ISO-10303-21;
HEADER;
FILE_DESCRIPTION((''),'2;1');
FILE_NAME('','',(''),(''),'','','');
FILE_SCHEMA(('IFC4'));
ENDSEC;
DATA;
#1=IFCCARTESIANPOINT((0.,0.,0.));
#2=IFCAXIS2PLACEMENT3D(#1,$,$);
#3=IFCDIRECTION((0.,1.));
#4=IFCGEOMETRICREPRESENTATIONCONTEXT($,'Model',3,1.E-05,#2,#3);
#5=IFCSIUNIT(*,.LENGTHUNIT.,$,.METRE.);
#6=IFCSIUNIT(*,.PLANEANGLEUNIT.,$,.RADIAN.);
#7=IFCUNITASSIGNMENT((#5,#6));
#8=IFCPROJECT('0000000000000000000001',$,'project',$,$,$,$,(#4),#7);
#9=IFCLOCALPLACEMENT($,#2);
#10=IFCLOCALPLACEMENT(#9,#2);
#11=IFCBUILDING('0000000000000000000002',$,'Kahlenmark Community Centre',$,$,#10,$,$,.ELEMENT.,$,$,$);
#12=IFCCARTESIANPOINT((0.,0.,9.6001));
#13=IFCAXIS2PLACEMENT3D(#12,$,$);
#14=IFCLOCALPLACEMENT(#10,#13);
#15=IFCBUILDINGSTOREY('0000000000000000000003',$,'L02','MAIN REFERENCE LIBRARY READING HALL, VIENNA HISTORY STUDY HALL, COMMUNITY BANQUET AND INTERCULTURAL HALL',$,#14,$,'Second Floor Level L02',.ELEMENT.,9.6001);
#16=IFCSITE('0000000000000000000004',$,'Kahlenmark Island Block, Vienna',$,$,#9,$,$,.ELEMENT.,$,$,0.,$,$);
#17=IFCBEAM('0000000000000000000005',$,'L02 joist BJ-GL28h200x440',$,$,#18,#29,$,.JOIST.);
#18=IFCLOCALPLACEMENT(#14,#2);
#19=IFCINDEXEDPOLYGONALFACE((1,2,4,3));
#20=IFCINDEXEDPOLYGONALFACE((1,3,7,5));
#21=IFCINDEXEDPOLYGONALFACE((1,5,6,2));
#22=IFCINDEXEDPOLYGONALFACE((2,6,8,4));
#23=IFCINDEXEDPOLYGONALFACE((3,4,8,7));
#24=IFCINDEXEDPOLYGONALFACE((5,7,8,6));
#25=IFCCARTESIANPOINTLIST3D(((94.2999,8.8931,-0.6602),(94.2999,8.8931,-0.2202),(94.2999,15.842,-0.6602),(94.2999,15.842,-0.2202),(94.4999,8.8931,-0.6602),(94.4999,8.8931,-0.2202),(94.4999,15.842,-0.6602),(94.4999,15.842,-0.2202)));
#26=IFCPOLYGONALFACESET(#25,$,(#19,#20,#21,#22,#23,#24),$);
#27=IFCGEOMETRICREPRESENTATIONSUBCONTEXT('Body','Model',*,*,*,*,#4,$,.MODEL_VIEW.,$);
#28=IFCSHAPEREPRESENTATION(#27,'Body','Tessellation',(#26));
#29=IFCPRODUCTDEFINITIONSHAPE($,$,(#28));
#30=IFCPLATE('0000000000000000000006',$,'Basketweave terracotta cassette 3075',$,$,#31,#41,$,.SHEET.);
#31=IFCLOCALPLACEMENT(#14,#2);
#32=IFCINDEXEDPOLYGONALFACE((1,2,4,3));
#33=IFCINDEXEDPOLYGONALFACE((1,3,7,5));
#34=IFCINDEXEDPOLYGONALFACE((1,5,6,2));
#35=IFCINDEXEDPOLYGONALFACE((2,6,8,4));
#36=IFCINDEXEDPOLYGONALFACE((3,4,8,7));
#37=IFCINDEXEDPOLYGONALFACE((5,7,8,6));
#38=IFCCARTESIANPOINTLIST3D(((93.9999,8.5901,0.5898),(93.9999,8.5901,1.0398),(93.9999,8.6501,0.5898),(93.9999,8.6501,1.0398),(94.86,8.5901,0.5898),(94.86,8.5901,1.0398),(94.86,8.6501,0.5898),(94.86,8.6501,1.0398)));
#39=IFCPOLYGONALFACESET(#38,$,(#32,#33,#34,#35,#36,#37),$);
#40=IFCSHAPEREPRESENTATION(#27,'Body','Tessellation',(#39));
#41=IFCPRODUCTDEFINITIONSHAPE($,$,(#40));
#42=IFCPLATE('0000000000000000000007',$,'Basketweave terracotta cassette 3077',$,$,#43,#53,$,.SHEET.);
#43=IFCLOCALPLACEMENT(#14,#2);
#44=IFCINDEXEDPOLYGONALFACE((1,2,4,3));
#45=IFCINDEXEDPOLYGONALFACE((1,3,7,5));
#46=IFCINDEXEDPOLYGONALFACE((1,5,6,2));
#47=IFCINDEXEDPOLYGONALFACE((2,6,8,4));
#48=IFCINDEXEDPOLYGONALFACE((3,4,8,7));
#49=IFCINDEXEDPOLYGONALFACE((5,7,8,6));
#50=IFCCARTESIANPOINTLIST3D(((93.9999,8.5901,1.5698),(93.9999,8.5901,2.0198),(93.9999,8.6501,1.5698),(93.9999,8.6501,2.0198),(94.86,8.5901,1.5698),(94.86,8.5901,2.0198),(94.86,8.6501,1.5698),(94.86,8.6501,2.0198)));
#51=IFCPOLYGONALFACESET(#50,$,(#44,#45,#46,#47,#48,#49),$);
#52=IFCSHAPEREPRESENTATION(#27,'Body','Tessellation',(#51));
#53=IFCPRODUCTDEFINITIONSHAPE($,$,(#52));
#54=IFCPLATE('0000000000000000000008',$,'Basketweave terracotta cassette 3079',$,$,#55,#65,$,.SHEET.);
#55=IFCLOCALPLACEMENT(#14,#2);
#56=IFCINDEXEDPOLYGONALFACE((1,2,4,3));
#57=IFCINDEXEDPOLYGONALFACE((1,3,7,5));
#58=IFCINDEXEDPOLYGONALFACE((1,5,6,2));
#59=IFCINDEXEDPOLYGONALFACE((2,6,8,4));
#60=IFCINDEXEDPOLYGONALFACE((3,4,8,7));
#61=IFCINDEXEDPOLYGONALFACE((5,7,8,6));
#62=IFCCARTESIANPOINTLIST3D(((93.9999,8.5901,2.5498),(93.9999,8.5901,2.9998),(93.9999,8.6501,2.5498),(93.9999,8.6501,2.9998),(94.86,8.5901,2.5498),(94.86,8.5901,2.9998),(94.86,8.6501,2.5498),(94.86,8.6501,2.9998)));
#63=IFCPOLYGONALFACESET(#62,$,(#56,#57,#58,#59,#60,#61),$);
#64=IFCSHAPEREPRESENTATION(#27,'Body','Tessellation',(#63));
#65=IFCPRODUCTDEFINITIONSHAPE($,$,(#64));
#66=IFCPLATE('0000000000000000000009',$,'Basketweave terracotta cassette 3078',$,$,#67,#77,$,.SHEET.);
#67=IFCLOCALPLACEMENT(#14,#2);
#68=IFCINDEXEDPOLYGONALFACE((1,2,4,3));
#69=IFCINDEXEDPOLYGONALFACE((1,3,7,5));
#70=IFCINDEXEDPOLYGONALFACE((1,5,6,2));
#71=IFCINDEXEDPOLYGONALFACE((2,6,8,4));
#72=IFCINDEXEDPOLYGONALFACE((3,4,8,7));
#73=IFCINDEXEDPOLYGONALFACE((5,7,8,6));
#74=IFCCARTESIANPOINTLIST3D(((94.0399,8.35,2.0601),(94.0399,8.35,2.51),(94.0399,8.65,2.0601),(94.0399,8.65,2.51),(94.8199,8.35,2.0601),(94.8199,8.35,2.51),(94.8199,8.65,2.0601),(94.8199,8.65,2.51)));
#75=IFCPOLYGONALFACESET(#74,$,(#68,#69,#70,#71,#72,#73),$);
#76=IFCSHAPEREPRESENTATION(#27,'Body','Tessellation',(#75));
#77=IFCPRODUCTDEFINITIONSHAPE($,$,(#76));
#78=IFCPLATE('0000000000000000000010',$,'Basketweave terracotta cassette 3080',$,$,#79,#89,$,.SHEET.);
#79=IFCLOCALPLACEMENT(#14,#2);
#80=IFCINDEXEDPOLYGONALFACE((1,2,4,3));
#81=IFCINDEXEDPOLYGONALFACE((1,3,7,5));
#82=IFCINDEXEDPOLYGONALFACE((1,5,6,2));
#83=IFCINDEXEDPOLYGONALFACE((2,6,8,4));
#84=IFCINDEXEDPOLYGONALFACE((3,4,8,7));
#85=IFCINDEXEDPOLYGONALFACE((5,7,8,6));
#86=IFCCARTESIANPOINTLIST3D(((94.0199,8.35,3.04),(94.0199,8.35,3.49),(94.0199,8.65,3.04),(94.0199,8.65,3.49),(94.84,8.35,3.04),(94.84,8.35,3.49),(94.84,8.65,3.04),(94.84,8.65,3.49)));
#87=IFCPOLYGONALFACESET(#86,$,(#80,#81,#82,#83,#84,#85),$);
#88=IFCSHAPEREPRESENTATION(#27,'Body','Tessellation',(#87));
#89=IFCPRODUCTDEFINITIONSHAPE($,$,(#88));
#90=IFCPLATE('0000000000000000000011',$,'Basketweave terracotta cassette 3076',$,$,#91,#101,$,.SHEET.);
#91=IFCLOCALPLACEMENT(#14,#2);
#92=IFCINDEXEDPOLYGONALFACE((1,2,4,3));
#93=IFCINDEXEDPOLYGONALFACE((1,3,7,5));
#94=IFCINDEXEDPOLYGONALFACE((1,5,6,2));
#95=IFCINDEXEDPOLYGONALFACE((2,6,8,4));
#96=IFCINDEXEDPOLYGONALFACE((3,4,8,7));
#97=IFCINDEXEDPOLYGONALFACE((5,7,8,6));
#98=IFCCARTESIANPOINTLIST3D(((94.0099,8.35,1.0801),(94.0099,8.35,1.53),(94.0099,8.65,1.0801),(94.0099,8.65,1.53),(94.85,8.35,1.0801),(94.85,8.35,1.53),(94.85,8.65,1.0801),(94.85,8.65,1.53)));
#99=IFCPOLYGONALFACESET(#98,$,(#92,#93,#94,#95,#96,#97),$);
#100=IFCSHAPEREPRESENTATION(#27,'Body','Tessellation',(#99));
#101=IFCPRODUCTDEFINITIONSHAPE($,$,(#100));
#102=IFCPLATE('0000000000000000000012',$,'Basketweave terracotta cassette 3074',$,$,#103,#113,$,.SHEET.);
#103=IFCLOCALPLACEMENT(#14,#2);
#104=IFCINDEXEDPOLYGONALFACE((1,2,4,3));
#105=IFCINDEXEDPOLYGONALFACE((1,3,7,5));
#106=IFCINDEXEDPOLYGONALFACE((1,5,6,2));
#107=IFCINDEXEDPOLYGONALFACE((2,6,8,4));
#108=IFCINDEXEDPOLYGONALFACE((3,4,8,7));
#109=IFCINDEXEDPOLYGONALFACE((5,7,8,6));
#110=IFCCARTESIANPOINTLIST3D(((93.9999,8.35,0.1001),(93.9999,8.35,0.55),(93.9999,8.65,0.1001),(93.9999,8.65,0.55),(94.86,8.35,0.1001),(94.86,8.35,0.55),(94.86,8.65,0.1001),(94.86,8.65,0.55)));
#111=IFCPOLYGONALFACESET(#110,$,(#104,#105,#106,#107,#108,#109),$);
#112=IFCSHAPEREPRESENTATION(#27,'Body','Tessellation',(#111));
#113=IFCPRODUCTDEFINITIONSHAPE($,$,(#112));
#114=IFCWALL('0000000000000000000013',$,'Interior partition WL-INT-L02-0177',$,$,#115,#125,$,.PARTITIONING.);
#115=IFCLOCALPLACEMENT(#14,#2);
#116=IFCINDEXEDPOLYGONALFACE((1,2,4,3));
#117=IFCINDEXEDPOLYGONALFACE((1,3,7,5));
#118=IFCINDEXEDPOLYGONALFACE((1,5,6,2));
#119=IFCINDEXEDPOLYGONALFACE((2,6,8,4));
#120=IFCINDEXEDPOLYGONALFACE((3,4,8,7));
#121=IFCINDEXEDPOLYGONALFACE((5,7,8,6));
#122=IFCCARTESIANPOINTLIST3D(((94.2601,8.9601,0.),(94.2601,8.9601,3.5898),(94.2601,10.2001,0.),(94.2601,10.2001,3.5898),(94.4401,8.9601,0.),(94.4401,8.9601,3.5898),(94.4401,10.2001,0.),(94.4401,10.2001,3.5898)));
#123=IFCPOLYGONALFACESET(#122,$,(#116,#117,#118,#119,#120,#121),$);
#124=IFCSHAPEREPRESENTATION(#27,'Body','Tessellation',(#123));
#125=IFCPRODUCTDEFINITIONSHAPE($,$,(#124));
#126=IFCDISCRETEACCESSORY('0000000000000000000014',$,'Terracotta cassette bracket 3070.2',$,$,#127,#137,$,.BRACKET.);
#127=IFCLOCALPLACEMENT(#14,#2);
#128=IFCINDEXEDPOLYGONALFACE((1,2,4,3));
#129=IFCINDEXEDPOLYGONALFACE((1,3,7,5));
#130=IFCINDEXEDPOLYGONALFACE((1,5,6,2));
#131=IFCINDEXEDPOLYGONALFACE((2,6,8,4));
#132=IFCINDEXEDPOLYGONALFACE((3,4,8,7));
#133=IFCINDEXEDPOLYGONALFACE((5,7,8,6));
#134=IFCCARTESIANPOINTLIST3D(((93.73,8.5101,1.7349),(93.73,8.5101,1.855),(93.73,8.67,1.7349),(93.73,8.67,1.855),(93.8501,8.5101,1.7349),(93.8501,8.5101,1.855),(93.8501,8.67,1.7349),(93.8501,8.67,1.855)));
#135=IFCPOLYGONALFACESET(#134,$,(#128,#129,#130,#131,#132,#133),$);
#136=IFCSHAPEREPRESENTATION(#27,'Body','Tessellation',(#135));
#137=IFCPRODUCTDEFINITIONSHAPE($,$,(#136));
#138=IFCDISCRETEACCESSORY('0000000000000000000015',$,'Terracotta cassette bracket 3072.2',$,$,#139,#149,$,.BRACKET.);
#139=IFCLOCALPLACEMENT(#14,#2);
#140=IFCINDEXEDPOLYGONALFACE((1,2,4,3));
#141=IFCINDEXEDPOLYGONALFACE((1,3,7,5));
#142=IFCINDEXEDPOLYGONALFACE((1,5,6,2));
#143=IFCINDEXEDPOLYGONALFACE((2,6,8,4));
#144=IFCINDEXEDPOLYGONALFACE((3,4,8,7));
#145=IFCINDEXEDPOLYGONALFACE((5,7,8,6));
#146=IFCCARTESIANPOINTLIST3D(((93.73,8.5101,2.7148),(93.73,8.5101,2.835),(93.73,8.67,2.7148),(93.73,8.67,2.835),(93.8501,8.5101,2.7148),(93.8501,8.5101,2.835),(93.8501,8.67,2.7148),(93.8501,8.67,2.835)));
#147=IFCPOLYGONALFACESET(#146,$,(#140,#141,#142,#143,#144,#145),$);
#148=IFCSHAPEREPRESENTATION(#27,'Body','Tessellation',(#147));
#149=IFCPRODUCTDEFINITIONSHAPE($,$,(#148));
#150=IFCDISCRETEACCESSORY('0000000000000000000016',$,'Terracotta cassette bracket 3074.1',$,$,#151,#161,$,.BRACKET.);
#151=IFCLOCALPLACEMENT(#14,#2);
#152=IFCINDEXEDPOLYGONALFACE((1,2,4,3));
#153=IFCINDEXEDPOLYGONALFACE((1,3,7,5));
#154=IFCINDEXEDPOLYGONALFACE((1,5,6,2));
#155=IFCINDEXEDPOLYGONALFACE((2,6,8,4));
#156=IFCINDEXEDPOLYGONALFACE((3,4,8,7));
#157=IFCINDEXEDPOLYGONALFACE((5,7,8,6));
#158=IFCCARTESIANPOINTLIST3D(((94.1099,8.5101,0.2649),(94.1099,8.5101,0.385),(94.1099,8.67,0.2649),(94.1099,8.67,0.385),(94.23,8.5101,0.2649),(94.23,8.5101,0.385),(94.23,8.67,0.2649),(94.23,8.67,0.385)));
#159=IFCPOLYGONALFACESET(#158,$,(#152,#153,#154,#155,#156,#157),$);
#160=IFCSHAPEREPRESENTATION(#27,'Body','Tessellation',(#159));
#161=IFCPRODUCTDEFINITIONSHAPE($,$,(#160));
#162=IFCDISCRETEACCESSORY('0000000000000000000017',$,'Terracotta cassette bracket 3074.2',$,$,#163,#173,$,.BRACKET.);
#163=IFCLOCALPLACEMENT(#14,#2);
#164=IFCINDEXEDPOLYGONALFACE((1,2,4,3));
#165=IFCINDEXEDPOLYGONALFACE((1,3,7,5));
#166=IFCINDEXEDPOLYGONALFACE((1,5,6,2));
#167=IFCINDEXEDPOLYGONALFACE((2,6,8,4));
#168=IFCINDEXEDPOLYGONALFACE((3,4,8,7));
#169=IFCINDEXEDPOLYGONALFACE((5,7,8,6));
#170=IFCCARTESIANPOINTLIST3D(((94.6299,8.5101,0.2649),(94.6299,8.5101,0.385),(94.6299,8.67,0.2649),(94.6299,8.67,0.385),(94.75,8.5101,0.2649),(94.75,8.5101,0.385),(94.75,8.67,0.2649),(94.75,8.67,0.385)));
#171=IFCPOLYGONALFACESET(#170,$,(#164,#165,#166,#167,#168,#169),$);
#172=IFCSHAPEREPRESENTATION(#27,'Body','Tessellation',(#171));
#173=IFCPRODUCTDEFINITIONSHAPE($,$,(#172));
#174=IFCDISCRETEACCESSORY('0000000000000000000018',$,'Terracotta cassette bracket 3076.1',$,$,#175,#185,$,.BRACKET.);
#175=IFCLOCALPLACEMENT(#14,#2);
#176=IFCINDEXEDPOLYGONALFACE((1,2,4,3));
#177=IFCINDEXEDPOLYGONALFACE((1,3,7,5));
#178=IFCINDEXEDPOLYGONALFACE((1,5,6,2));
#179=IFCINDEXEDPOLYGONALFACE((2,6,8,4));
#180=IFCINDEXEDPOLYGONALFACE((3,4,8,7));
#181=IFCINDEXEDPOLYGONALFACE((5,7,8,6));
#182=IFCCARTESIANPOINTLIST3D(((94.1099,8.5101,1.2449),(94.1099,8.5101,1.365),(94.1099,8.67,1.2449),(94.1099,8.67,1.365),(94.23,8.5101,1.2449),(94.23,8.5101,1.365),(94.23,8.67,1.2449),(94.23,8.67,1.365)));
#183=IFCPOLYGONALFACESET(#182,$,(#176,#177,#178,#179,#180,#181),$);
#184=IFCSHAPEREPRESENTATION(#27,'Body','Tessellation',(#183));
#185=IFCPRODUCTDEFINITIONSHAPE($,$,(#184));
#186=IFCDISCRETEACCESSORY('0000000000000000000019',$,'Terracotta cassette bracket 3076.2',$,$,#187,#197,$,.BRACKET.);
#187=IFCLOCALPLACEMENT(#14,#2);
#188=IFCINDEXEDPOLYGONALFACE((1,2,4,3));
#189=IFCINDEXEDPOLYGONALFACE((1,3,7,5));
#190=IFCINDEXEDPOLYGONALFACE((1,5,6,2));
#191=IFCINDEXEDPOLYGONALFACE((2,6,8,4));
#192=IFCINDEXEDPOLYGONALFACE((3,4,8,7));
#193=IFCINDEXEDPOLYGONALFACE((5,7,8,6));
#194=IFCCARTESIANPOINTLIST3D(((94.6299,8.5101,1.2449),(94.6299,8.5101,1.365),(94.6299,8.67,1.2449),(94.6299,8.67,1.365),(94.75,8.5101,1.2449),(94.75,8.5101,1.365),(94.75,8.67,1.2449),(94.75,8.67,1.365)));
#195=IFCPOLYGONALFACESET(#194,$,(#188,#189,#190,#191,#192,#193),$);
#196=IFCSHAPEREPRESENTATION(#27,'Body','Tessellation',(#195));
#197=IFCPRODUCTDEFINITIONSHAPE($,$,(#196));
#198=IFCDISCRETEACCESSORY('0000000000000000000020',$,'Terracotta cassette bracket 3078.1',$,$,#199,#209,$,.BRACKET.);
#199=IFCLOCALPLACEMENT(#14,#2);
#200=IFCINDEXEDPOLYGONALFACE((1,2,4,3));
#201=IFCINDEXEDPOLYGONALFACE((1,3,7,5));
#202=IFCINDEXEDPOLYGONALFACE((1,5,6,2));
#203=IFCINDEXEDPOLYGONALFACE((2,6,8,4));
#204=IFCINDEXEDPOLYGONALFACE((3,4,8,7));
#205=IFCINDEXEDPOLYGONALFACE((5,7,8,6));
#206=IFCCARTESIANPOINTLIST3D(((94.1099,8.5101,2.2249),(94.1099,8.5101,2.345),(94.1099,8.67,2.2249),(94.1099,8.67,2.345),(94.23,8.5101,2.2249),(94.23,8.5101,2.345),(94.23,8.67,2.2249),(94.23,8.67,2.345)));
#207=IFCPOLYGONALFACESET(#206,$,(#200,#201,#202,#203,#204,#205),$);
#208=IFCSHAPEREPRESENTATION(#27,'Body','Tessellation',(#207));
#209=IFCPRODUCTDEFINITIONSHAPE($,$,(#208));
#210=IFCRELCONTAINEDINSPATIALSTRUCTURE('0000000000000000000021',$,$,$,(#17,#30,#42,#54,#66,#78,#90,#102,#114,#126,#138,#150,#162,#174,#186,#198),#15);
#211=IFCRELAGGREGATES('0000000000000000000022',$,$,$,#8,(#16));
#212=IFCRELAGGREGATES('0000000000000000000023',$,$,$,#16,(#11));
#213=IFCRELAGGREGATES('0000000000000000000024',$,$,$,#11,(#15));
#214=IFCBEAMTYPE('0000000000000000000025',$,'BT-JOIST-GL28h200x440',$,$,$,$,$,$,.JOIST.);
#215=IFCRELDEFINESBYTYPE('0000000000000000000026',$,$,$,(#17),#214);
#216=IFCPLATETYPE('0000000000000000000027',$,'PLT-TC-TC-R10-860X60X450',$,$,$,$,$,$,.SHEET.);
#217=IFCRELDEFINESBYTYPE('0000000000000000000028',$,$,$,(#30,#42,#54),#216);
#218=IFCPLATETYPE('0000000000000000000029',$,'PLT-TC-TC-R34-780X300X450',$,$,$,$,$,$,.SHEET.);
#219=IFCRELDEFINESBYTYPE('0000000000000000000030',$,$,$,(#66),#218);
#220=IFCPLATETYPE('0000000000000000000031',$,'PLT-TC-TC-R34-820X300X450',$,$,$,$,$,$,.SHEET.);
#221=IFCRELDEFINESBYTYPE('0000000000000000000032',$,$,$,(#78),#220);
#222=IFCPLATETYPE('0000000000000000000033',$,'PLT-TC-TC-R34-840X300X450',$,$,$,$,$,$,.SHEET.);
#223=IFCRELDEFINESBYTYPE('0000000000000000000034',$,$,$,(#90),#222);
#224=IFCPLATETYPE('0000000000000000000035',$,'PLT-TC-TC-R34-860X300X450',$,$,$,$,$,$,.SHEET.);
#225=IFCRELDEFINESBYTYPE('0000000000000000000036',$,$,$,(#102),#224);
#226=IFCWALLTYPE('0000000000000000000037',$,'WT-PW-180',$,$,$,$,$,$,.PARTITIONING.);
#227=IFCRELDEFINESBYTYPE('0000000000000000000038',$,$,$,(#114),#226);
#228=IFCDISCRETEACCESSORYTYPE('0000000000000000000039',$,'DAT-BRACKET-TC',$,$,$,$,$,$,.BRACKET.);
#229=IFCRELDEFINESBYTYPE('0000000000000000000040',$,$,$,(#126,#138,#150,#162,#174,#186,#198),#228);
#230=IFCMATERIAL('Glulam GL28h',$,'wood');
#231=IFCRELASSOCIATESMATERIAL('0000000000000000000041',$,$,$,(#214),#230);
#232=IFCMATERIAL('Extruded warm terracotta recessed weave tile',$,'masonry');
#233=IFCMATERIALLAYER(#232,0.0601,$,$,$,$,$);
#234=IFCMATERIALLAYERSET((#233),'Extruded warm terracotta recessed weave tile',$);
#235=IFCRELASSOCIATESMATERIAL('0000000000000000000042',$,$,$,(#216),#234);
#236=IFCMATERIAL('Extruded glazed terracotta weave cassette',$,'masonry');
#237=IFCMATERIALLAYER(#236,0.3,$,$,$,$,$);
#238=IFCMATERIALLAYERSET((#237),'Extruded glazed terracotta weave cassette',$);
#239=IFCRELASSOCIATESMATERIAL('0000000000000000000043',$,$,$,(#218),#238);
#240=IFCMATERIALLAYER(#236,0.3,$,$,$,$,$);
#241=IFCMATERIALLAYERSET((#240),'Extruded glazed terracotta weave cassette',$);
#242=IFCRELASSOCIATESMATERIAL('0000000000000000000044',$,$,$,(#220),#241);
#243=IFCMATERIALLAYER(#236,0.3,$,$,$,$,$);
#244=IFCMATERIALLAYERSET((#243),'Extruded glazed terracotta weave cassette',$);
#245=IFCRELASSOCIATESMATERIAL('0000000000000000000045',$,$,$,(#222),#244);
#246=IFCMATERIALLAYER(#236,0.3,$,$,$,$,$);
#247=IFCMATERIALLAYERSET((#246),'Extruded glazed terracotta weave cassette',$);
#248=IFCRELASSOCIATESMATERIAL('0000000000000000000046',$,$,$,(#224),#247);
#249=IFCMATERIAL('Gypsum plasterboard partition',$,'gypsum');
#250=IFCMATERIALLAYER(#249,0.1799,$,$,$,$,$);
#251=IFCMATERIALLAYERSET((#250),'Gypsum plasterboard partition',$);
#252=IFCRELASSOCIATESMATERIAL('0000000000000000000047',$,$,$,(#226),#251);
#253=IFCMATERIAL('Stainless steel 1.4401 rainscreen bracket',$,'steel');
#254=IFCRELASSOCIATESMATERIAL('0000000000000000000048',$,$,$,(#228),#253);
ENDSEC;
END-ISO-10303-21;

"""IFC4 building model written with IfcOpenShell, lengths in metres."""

from ifc_helpers import new_model, si_unit, direction, frame, frame_2d, origin, origin_2d, place, context, subcontext, project, spatial, rectangle, extrude, material, layer, layer_set, material_profile, profile_set, type_object, element, save


model = new_model("IFC4")

# Units and contexts
model_context = context("Model", 3, precision=1e-05, world=origin(), true_north=direction((0.0, 1.0)))
body_context = subcontext(model_context, "Body", "Model", "MODEL_VIEW")
ifc_project = project(units=[si_unit("LENGTHUNIT", "METRE"), si_unit("PLANEANGLEUNIT", "RADIAN")], contexts=[model_context])

# Site, building, storey
site_placement = place(None, origin())
site = spatial("IfcSite", under=ifc_project, at=site_placement, Name="Kahlenmark Island Block, Vienna", CompositionType="ELEMENT", RefElevation=0.0)
building_placement = place(site_placement, origin())
building = spatial("IfcBuilding", under=site, at=building_placement, Name="Kahlenmark Community Centre", CompositionType="ELEMENT")
storey_placement = place(building_placement, frame((0.0, 0.0, 9.6001)))
storey = spatial("IfcBuildingStorey", under=building, at=storey_placement, Name="L02", Description="MAIN REFERENCE LIBRARY READING HALL, VIENNA HISTORY STUDY HALL, COMMUNITY BANQUET AND INTERCULTURAL HALL", LongName="Second Floor Level L02", CompositionType="ELEMENT", Elevation=9.6001)

# Beam
ifc_material_1 = material(Name="Glulam GL28h", Category="wood")
ifc_material_profile = material_profile(ifc_material_1, rectangle(XDim=0.2, YDim=0.4399, at=origin_2d()), Name="GL28h 200x440")
ifc_profile_set = profile_set([ifc_material_profile], Name="Glulam GL28h")
beam_type = type_object("IfcBeamType", Name="BT-JOIST-GL28h200x440", PredefinedType="JOIST", material=ifc_profile_set)
beam_placement = place(storey_placement, frame((94.3999, 8.8931, -0.4402), z_axis=(0.0, 1.0, 0.0), x_axis=(-1.0, 0.0, 0.0)))
element("IfcBeam", 1, at=beam_placement, inside=storey, type_object=beam_type, Name="L02 joist BJ-GL28h200x440", PredefinedType="JOIST", context=body_context, shape_type="SweptSolid", body=[
    extrude(rectangle(XDim=0.2, YDim=0.4399, at=origin_2d()), origin(), (0.0, 0.0, 1.0), 6.949),
])

# Plates
ifc_material_2 = material(Name="Extruded warm terracotta recessed weave tile", Category="masonry")
ifc_layer_1 = layer(ifc_material_2, 0.0601)
ifc_layer_set_1 = layer_set([ifc_layer_1], Name="Extruded warm terracotta recessed weave tile")
plate_type_1 = type_object("IfcPlateType", Name="PLT-TC-TC-R10-860X60X450", PredefinedType="SHEET", material=ifc_layer_set_1)
for number, where, z_axis, x_axis, name in (
    (2, (94.4299, 8.6201, 0.5898), (0.0, 0.0, 1.0), (1.0, 0.0, 0.0), "Basketweave terracotta cassette 3075"),
    (3, (94.4299, 8.6201, 1.5698), (0.0, 0.0, 1.0), (1.0, 0.0, 0.0), "Basketweave terracotta cassette 3077"),
    (4, (94.4299, 8.6201, 2.5498), (0.0, 0.0, 1.0), (1.0, 0.0, 0.0), "Basketweave terracotta cassette 3079"),
):
    element("IfcPlate", number, at=place(storey_placement, frame(where, z_axis=z_axis, x_axis=x_axis)), inside=storey, type_object=plate_type_1, Name=name, PredefinedType="SHEET", context=body_context, shape_type="SweptSolid", body=[
        extrude(rectangle(XDim=0.8601, YDim=0.0601, at=origin_2d()), origin(), (0.0, 0.0, 1.0), 0.45),
    ])
ifc_material_3 = material(Name="Extruded glazed terracotta weave cassette", Category="masonry")
ifc_layer_2 = layer(ifc_material_3, 0.3)
ifc_layer_set_2 = layer_set([ifc_layer_2], Name="Extruded glazed terracotta weave cassette")
plate_type_2 = type_object("IfcPlateType", Name="PLT-TC-TC-R34-780X300X450", PredefinedType="SHEET", material=ifc_layer_set_2)
plate_1_placement = place(storey_placement, frame((94.4299, 8.5, 2.0601), z_axis=(0.0, 0.0, 1.0), x_axis=(1.0, 0.0, 0.0)))
element("IfcPlate", 5, at=plate_1_placement, inside=storey, type_object=plate_type_2, Name="Basketweave terracotta cassette 3078", PredefinedType="SHEET", context=body_context, shape_type="SweptSolid", body=[
    extrude(rectangle(XDim=0.78, YDim=0.3, at=origin_2d()), origin(), (0.0, 0.0, 1.0), 0.45),
])
ifc_layer_3 = layer(ifc_material_3, 0.3)
ifc_layer_set_3 = layer_set([ifc_layer_3], Name="Extruded glazed terracotta weave cassette")
plate_type_3 = type_object("IfcPlateType", Name="PLT-TC-TC-R34-820X300X450", PredefinedType="SHEET", material=ifc_layer_set_3)
plate_2_placement = place(storey_placement, frame((94.4299, 8.5, 3.04), z_axis=(0.0, 0.0, 1.0), x_axis=(1.0, 0.0, 0.0)))
element("IfcPlate", 6, at=plate_2_placement, inside=storey, type_object=plate_type_3, Name="Basketweave terracotta cassette 3080", PredefinedType="SHEET", context=body_context, shape_type="SweptSolid", body=[
    extrude(rectangle(XDim=0.8201, YDim=0.3, at=origin_2d()), origin(), (0.0, 0.0, 1.0), 0.45),
])
ifc_layer_4 = layer(ifc_material_3, 0.3)
ifc_layer_set_4 = layer_set([ifc_layer_4], Name="Extruded glazed terracotta weave cassette")
plate_type_4 = type_object("IfcPlateType", Name="PLT-TC-TC-R34-840X300X450", PredefinedType="SHEET", material=ifc_layer_set_4)
plate_3_placement = place(storey_placement, frame((94.4299, 8.5, 1.0801), z_axis=(0.0, 0.0, 1.0), x_axis=(1.0, 0.0, 0.0)))
element("IfcPlate", 7, at=plate_3_placement, inside=storey, type_object=plate_type_4, Name="Basketweave terracotta cassette 3076", PredefinedType="SHEET", context=body_context, shape_type="SweptSolid", body=[
    extrude(rectangle(XDim=0.8401, YDim=0.3, at=origin_2d()), origin(), (0.0, 0.0, 1.0), 0.45),
])
ifc_layer_5 = layer(ifc_material_3, 0.3)
ifc_layer_set_5 = layer_set([ifc_layer_5], Name="Extruded glazed terracotta weave cassette")
plate_type_5 = type_object("IfcPlateType", Name="PLT-TC-TC-R34-860X300X450", PredefinedType="SHEET", material=ifc_layer_set_5)
plate_4_placement = place(storey_placement, frame((94.4299, 8.5, 0.1001), z_axis=(0.0, 0.0, 1.0), x_axis=(1.0, 0.0, 0.0)))
element("IfcPlate", 8, at=plate_4_placement, inside=storey, type_object=plate_type_5, Name="Basketweave terracotta cassette 3074", PredefinedType="SHEET", context=body_context, shape_type="SweptSolid", body=[
    extrude(rectangle(XDim=0.8601, YDim=0.3, at=origin_2d()), origin(), (0.0, 0.0, 1.0), 0.45),
])

# Wall
ifc_material_4 = material(Name="Gypsum plasterboard partition", Category="gypsum")
ifc_layer_6 = layer(ifc_material_4, 0.1799)
ifc_layer_set_6 = layer_set([ifc_layer_6], Name="Gypsum plasterboard partition")
wall_type = type_object("IfcWallType", Name="WT-PW-180", PredefinedType="PARTITIONING", material=ifc_layer_set_6)
wall_placement = place(storey_placement, frame((94.3501, 8.96, 0.0), z_axis=(0.0, 0.0, 1.0), x_axis=(0.0, 1.0, 0.0)))
element("IfcWall", 9, at=wall_placement, inside=storey, type_object=wall_type, Name="Interior partition WL-INT-L02-0177", PredefinedType="PARTITIONING", context=body_context, shape_type="SweptSolid", body=[
    extrude(rectangle(XDim=1.24, YDim=0.1799, at=frame_2d((0.6201, 0.0))), origin(), (0.0, 0.0, 1.0), 3.5898),
])

# Discrete accessories
ifc_material_5 = material(Name="Stainless steel 1.4401 rainscreen bracket", Category="steel")
discrete_accessory_type = type_object("IfcDiscreteAccessoryType", Name="DAT-BRACKET-TC", PredefinedType="BRACKET", material=ifc_material_5)
for number, where, z_axis, x_axis, name in (
    (10, (93.79, 8.5901, 1.7349), (0.0, 0.0, 1.0), (1.0, 0.0, 0.0), "Terracotta cassette bracket 3070.2"),
    (11, (93.79, 8.5901, 2.7148), (0.0, 0.0, 1.0), (1.0, 0.0, 0.0), "Terracotta cassette bracket 3072.2"),
    (12, (94.1699, 8.5901, 0.2649), (0.0, 0.0, 1.0), (1.0, 0.0, 0.0), "Terracotta cassette bracket 3074.1"),
    (13, (94.6899, 8.5901, 0.2649), (0.0, 0.0, 1.0), (1.0, 0.0, 0.0), "Terracotta cassette bracket 3074.2"),
    (14, (94.1699, 8.5901, 1.2449), (0.0, 0.0, 1.0), (1.0, 0.0, 0.0), "Terracotta cassette bracket 3076.1"),
    (15, (94.6899, 8.5901, 1.2449), (0.0, 0.0, 1.0), (1.0, 0.0, 0.0), "Terracotta cassette bracket 3076.2"),
    (16, (94.1699, 8.5901, 2.2249), (0.0, 0.0, 1.0), (1.0, 0.0, 0.0), "Terracotta cassette bracket 3078.1"),
):
    element("IfcDiscreteAccessory", number, at=place(storey_placement, frame(where, z_axis=z_axis, x_axis=x_axis)), inside=storey, type_object=discrete_accessory_type, Name=name, PredefinedType="BRACKET", context=body_context, shape_type="SweptSolid", body=[
        extrude(rectangle(XDim=0.1201, YDim=0.1599, at=origin_2d()), origin(), (0.0, 0.0, 1.0), 0.1201),
    ])

save(model, "model.ifc")
